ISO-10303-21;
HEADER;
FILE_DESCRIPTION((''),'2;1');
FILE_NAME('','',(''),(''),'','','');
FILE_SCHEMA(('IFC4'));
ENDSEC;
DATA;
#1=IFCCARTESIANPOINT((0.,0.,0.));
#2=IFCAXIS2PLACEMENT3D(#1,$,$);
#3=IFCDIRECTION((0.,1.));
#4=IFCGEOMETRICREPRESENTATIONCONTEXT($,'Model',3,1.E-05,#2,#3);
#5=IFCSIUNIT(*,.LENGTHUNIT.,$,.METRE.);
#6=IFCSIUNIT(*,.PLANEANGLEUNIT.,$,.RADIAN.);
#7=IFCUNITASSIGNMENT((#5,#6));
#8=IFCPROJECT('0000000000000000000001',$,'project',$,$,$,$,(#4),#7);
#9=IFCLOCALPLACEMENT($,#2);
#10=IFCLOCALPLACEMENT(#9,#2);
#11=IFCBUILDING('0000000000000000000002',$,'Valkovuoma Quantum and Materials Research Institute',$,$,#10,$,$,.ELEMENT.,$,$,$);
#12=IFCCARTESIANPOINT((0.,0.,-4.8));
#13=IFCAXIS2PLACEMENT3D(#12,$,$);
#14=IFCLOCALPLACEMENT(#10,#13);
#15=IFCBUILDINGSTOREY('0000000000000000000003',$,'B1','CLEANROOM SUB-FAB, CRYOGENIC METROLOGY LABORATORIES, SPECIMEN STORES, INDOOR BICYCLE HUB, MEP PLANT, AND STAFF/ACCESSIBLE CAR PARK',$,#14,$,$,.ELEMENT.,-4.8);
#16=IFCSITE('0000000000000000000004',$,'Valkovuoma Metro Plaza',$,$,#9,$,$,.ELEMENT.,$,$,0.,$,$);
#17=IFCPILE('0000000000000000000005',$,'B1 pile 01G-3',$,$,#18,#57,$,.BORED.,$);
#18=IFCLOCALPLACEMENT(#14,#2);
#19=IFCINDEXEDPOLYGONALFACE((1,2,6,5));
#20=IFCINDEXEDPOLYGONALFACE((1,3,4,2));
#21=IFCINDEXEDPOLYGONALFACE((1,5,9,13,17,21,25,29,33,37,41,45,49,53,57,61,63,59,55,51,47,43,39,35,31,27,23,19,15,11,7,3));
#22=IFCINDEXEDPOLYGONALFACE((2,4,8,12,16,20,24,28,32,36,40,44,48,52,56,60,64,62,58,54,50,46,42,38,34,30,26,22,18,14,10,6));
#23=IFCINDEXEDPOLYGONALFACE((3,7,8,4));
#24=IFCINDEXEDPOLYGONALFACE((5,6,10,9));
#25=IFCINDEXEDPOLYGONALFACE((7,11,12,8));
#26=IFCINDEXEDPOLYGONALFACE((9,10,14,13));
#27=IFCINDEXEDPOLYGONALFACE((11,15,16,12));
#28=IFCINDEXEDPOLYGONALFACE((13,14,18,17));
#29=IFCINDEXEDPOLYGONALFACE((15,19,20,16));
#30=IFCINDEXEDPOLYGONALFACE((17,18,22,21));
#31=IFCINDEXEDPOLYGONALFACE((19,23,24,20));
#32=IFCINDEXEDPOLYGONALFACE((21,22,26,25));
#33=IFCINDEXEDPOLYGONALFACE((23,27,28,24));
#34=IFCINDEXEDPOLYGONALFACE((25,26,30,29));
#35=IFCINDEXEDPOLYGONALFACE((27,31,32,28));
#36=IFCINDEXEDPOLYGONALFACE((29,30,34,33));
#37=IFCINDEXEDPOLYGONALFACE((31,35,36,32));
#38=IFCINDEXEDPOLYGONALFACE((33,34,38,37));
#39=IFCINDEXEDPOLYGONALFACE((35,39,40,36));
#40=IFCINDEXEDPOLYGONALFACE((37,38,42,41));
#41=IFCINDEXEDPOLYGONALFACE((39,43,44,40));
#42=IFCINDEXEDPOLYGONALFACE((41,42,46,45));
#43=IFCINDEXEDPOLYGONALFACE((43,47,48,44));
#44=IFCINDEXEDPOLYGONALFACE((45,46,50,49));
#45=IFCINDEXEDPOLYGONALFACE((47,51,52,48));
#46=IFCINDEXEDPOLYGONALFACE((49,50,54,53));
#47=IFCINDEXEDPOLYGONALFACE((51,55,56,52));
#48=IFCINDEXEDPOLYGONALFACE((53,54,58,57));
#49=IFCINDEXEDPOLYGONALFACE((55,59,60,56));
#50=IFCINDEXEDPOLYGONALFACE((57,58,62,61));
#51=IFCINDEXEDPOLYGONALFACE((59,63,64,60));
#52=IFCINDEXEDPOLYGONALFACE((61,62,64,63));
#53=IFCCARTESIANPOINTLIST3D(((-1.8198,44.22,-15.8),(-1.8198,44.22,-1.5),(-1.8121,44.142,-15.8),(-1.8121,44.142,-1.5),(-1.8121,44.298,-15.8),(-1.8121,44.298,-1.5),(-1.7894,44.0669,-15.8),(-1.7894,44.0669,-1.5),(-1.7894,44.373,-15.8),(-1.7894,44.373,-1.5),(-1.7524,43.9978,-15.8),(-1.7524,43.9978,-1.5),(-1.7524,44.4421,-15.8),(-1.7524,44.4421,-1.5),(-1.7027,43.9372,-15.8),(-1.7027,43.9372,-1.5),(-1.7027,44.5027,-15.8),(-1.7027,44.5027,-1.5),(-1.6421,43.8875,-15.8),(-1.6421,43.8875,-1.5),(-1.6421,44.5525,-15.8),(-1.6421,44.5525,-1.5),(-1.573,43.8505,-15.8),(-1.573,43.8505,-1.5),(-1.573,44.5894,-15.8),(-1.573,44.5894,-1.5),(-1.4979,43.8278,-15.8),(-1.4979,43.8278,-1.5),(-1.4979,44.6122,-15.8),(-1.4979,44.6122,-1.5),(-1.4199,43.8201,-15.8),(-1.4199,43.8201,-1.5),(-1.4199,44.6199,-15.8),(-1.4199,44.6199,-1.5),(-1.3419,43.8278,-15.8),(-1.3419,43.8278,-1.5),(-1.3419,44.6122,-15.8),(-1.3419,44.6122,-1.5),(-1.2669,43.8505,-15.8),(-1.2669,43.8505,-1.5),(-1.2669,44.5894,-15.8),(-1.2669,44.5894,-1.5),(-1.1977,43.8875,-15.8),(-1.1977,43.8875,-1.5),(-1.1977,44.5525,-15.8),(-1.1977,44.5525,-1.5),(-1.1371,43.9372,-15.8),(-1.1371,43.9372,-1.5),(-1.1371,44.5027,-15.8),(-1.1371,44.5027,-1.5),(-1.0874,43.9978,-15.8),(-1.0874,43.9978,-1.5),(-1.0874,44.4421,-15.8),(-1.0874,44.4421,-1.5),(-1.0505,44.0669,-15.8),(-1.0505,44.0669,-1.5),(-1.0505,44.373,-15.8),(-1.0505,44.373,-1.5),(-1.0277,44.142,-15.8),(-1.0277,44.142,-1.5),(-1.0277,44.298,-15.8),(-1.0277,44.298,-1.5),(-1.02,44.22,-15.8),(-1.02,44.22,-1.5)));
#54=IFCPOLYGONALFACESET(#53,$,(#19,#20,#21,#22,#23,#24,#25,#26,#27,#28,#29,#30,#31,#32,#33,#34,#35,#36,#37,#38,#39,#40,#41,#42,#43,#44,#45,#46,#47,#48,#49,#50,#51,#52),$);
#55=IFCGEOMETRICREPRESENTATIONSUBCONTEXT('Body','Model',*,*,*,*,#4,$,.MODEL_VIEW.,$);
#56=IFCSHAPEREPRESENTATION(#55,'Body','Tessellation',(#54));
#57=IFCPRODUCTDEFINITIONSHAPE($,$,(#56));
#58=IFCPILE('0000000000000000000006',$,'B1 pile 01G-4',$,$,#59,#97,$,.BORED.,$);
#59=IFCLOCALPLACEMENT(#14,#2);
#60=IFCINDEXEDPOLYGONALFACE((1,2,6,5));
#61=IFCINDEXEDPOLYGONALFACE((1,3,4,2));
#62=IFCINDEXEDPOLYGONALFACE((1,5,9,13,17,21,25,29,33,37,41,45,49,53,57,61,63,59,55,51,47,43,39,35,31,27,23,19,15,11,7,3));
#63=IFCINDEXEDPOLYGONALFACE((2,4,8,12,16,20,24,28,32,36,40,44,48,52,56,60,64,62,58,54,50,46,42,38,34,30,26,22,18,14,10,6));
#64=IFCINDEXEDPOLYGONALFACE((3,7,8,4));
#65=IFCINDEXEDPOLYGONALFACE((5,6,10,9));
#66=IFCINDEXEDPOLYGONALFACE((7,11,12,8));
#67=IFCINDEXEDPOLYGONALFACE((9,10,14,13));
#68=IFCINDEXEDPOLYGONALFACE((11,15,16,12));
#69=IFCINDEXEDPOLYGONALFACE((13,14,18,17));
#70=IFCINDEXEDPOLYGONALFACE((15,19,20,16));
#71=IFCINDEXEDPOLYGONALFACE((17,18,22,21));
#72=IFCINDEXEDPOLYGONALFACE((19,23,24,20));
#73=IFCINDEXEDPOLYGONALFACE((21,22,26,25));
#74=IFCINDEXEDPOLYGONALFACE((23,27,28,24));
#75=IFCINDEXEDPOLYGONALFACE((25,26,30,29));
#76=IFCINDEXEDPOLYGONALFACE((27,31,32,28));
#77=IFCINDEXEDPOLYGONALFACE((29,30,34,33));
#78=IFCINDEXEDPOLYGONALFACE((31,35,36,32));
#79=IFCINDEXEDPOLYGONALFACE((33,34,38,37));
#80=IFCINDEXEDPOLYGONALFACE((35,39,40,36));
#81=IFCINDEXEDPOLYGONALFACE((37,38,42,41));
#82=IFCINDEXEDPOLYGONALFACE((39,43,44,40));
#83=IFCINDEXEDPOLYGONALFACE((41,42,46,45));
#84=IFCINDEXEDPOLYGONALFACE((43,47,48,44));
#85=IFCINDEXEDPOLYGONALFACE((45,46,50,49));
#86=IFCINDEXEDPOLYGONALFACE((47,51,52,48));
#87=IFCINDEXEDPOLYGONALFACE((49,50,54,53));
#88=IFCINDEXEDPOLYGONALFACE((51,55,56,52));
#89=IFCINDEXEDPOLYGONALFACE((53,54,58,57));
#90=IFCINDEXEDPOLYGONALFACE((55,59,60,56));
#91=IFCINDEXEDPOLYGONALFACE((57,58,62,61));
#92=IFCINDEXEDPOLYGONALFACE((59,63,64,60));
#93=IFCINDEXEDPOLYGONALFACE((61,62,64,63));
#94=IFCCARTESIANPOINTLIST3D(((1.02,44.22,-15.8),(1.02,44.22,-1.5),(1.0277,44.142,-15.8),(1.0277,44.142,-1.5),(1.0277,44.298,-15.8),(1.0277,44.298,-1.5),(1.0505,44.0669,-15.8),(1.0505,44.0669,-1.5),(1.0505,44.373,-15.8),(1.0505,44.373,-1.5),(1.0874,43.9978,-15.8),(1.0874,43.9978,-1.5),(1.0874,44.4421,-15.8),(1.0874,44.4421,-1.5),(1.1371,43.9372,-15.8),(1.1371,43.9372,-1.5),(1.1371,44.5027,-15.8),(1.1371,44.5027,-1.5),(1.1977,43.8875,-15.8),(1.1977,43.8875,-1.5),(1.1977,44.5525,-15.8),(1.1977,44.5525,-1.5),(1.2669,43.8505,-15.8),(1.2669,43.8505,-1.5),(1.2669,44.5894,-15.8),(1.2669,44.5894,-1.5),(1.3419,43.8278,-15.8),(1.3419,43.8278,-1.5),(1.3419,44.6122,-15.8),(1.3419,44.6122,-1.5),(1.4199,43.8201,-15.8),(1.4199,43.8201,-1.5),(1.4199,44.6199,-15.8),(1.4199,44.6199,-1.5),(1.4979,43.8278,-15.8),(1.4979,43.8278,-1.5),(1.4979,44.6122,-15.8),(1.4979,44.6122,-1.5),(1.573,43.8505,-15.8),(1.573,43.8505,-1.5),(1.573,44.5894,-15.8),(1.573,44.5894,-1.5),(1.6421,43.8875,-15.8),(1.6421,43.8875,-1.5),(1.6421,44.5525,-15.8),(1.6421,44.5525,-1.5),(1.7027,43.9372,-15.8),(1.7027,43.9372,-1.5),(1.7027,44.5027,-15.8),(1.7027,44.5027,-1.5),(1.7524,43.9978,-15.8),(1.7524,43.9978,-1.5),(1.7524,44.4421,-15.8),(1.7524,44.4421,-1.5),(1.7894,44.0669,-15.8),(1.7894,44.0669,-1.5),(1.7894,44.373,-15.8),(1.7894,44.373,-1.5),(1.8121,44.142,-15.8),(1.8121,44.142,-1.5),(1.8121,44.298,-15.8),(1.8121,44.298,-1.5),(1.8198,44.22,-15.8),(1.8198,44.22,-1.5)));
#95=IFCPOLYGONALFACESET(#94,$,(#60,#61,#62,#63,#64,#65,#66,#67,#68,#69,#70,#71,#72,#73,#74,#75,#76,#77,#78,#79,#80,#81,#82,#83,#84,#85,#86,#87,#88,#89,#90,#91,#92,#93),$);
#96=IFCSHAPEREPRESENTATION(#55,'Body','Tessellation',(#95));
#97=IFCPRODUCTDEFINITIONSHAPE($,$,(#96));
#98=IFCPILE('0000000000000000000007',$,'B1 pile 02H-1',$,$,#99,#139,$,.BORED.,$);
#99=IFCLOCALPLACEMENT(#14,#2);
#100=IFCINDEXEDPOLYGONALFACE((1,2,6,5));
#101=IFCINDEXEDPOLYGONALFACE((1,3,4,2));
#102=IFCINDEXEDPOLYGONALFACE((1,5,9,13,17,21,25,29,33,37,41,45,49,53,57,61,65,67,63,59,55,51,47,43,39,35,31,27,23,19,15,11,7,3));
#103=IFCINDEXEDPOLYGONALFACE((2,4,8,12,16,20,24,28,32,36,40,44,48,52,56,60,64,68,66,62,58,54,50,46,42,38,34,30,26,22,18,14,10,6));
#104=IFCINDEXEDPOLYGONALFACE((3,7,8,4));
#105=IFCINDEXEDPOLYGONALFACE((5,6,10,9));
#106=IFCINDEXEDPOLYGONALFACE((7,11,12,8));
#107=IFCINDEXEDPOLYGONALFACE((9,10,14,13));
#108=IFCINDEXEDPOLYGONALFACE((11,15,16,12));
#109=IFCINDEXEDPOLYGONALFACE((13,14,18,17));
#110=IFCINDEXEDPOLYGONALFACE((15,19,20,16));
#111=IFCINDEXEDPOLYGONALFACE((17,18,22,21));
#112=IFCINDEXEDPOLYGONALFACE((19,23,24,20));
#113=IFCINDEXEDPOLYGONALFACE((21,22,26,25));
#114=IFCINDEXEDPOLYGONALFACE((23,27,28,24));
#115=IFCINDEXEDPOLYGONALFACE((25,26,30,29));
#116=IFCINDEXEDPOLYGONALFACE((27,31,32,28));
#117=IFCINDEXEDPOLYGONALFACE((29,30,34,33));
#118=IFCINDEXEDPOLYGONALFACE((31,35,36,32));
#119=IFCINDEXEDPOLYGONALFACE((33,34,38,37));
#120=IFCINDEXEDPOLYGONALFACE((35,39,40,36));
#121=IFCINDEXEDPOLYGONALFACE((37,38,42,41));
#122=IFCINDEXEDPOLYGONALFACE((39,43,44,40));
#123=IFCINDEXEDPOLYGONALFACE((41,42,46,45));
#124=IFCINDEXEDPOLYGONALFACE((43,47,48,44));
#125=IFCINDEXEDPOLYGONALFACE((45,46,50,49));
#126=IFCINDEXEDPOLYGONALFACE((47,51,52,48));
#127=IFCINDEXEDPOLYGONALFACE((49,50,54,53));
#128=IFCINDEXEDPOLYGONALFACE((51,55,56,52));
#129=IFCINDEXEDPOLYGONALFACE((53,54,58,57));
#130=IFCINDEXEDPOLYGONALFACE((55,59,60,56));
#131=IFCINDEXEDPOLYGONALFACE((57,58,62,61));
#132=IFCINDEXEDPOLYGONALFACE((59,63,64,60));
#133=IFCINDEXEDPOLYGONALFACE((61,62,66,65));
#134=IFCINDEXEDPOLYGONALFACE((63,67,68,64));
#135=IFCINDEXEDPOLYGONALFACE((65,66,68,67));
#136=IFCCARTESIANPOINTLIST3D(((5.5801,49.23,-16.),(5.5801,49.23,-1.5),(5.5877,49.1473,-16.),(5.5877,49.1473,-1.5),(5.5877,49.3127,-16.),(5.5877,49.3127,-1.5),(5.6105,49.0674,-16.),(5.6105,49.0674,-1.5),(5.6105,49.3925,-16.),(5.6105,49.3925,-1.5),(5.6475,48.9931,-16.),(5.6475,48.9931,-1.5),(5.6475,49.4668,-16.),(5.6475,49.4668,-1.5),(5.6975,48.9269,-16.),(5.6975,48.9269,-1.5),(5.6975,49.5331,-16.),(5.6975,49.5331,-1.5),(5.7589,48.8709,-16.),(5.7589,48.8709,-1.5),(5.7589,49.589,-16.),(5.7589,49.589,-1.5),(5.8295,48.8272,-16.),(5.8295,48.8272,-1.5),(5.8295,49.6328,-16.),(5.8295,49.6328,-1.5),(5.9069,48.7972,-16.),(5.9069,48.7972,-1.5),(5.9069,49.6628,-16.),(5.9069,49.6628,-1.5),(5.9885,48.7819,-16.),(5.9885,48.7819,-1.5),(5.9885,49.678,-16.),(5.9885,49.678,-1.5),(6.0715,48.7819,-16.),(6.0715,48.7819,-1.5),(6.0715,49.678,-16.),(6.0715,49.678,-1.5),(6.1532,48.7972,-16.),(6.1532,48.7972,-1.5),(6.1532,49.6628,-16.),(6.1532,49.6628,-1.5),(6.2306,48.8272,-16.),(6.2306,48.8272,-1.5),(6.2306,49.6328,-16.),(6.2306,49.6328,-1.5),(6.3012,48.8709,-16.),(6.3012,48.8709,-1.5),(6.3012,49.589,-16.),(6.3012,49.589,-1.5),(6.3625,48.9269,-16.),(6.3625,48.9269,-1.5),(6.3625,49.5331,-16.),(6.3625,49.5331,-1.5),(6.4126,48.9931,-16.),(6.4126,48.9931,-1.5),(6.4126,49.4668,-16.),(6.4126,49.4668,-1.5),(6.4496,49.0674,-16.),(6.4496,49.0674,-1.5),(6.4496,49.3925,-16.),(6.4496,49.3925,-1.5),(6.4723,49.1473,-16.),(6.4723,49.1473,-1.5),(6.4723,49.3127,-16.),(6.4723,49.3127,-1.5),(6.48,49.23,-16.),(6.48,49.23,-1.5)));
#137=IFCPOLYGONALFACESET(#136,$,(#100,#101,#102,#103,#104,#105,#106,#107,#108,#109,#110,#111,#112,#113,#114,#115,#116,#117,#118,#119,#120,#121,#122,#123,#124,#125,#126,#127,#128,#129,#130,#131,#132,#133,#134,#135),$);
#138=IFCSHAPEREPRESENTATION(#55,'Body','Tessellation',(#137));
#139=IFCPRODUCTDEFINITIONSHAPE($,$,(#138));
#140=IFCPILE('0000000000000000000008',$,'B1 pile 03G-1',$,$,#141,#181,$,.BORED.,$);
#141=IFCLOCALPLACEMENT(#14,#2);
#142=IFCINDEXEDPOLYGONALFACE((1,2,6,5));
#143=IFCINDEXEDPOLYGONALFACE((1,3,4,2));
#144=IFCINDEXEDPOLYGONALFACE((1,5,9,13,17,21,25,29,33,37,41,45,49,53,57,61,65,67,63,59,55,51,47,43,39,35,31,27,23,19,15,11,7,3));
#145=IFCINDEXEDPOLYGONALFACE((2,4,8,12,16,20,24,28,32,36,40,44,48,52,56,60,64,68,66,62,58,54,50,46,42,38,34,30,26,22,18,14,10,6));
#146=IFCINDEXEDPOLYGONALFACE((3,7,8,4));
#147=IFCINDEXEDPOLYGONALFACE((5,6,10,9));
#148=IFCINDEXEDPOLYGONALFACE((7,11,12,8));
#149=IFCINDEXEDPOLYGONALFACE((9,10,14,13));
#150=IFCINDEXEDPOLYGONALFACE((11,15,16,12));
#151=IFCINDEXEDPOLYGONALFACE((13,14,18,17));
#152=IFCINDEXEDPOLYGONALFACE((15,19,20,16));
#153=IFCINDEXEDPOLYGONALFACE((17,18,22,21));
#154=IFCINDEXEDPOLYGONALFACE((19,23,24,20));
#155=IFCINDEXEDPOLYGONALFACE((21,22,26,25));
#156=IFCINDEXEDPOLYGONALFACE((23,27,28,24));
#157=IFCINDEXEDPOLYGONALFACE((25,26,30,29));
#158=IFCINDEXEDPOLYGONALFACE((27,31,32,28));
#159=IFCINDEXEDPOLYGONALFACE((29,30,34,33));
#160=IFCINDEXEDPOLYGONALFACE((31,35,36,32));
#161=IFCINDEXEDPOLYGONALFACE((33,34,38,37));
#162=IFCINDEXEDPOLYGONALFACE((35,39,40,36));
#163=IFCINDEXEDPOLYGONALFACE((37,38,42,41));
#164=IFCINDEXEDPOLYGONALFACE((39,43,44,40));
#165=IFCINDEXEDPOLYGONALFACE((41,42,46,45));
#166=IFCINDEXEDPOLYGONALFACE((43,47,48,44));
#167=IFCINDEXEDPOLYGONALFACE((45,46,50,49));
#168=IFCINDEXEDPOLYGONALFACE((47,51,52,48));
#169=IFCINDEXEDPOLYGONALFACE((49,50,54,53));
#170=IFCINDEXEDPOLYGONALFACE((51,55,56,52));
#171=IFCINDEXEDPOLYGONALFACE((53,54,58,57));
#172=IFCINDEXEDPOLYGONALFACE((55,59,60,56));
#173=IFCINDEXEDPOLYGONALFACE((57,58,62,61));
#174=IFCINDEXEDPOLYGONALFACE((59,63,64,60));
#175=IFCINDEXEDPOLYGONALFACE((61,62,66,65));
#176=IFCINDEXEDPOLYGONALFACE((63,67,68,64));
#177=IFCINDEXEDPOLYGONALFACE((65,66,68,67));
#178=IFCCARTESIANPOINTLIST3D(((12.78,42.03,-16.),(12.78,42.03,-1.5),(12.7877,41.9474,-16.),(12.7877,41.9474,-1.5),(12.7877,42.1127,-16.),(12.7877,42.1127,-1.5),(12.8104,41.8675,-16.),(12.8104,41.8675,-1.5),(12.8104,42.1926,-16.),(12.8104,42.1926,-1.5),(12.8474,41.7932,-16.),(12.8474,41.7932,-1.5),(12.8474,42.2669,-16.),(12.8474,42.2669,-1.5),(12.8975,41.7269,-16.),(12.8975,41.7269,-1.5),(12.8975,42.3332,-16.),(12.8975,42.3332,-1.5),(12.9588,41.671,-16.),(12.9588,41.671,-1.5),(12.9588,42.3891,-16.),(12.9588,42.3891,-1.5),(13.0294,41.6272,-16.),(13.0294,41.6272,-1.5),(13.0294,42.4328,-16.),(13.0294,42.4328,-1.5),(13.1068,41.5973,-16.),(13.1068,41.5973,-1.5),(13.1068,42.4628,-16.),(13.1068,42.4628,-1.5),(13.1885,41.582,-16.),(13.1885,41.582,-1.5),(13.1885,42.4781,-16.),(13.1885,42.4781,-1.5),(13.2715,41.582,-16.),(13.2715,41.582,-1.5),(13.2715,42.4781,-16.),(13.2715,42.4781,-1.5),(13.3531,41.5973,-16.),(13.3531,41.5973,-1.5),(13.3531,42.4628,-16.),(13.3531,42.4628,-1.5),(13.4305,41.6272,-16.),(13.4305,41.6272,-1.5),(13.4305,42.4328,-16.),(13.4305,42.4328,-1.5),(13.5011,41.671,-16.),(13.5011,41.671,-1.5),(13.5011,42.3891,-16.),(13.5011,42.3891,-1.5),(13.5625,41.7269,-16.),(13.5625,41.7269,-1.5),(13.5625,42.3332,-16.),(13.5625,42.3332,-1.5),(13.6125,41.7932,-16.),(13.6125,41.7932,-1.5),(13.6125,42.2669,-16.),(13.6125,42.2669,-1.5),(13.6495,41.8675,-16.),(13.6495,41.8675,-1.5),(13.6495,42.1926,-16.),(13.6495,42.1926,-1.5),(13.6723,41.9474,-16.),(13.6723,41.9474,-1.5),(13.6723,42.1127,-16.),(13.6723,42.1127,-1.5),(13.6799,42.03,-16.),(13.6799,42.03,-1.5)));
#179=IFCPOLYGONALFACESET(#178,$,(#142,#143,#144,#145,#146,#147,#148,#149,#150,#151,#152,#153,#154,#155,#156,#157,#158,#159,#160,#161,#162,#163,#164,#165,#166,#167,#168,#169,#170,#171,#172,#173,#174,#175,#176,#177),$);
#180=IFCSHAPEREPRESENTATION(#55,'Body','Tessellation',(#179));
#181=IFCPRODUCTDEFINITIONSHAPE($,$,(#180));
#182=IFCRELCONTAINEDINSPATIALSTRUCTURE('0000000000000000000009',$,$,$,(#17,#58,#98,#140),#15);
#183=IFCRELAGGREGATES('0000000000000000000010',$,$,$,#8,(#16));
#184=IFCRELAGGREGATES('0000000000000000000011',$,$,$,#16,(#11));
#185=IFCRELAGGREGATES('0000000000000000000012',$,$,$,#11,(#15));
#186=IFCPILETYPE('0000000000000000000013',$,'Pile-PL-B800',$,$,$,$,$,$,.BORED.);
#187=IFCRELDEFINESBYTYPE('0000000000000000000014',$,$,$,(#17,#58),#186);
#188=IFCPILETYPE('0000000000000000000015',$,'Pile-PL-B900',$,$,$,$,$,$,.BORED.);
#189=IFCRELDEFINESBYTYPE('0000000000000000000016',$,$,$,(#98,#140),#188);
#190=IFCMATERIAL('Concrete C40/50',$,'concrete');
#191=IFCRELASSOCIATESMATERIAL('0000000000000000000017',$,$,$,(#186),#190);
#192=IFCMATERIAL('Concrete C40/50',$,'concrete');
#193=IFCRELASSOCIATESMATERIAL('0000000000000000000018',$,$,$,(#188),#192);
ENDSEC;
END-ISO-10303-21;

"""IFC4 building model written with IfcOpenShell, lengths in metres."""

from ifc_helpers import new_model, si_unit, direction, frame, origin, origin_2d, place, context, subcontext, project, spatial, circle, extrude, material, material_profile, profile_set, type_object, element, save


model = new_model("IFC4")

# Units and contexts
model_context = context("Model", 3, precision=1e-05, world=origin(), true_north=direction((0.0, 1.0)))
body_context = subcontext(model_context, "Body", "Model", "MODEL_VIEW")
ifc_project = project(units=[si_unit("LENGTHUNIT", "METRE"), si_unit("PLANEANGLEUNIT", "RADIAN")], contexts=[model_context])

# Site, building, storey
site_placement = place(None, origin())
site = spatial("IfcSite", under=ifc_project, at=site_placement, Name="Valkovuoma Metro Plaza", CompositionType="ELEMENT", RefElevation=0.0)
building_placement = place(site_placement, origin())
building = spatial("IfcBuilding", under=site, at=building_placement, Name="Valkovuoma Quantum and Materials Research Institute", CompositionType="ELEMENT")
storey_placement = place(building_placement, frame((0.0, 0.0, -4.8)))
storey = spatial("IfcBuildingStorey", under=building, at=storey_placement, Name="B1", Description="CLEANROOM SUB-FAB, CRYOGENIC METROLOGY LABORATORIES, SPECIMEN STORES, INDOOR BICYCLE HUB, MEP PLANT, AND STAFF/ACCESSIBLE CAR PARK", CompositionType="ELEMENT", Elevation=-4.8)

# Piles
ifc_material_1 = material(Name="Concrete C40/50", Category="concrete")
ifc_material_profile_1 = material_profile(ifc_material_1, circle(Radius=0.3999, at=origin_2d()), Name="Concrete C40/50")
ifc_profile_set_1 = profile_set([ifc_material_profile_1], Name="Concrete C40/50")
pile_type_1 = type_object("IfcPileType", Name="Pile-PL-B800", PredefinedType="BORED", material=ifc_profile_set_1)
for number, where, z_axis, x_axis, name in (
    (1, (-1.4199, 44.22, -1.5), (0.0, 0.0, -1.0), (1.0, 0.0, 0.0), "B1 pile 01G-3"),
    (2, (1.4199, 44.22, -1.5), (0.0, 0.0, -1.0), (1.0, 0.0, 0.0), "B1 pile 01G-4"),
):
    element("IfcPile", number, at=place(storey_placement, frame(where, z_axis=z_axis, x_axis=x_axis)), inside=storey, type_object=pile_type_1, Name=name, PredefinedType="BORED", context=body_context, shape_type="SweptSolid", body=[
        extrude(circle(Radius=0.3999, at=origin_2d()), origin(), (0.0, 0.0, 1.0), 14.3),
    ])
ifc_material_2 = material(Name="Concrete C40/50", Category="concrete")
ifc_material_profile_2 = material_profile(ifc_material_2, circle(Radius=0.45, at=origin_2d()), Name="Concrete C40/50")
ifc_profile_set_2 = profile_set([ifc_material_profile_2], Name="Concrete C40/50")
pile_type_2 = type_object("IfcPileType", Name="Pile-PL-B900", PredefinedType="BORED", material=ifc_profile_set_2)
for number, where, z_axis, x_axis, name in (
    (3, (6.03, 49.23, -1.5), (0.0, 0.0, -1.0), (1.0, 0.0, 0.0), "B1 pile 02H-1"),
    (4, (13.23, 42.03, -1.5), (0.0, 0.0, -1.0), (1.0, 0.0, 0.0), "B1 pile 03G-1"),
):
    element("IfcPile", number, at=place(storey_placement, frame(where, z_axis=z_axis, x_axis=x_axis)), inside=storey, type_object=pile_type_2, Name=name, PredefinedType="BORED", context=body_context, shape_type="SweptSolid", body=[
        extrude(circle(Radius=0.45, at=origin_2d()), origin(), (0.0, 0.0, 1.0), 14.5),
    ])

save(model, "model.ifc")
